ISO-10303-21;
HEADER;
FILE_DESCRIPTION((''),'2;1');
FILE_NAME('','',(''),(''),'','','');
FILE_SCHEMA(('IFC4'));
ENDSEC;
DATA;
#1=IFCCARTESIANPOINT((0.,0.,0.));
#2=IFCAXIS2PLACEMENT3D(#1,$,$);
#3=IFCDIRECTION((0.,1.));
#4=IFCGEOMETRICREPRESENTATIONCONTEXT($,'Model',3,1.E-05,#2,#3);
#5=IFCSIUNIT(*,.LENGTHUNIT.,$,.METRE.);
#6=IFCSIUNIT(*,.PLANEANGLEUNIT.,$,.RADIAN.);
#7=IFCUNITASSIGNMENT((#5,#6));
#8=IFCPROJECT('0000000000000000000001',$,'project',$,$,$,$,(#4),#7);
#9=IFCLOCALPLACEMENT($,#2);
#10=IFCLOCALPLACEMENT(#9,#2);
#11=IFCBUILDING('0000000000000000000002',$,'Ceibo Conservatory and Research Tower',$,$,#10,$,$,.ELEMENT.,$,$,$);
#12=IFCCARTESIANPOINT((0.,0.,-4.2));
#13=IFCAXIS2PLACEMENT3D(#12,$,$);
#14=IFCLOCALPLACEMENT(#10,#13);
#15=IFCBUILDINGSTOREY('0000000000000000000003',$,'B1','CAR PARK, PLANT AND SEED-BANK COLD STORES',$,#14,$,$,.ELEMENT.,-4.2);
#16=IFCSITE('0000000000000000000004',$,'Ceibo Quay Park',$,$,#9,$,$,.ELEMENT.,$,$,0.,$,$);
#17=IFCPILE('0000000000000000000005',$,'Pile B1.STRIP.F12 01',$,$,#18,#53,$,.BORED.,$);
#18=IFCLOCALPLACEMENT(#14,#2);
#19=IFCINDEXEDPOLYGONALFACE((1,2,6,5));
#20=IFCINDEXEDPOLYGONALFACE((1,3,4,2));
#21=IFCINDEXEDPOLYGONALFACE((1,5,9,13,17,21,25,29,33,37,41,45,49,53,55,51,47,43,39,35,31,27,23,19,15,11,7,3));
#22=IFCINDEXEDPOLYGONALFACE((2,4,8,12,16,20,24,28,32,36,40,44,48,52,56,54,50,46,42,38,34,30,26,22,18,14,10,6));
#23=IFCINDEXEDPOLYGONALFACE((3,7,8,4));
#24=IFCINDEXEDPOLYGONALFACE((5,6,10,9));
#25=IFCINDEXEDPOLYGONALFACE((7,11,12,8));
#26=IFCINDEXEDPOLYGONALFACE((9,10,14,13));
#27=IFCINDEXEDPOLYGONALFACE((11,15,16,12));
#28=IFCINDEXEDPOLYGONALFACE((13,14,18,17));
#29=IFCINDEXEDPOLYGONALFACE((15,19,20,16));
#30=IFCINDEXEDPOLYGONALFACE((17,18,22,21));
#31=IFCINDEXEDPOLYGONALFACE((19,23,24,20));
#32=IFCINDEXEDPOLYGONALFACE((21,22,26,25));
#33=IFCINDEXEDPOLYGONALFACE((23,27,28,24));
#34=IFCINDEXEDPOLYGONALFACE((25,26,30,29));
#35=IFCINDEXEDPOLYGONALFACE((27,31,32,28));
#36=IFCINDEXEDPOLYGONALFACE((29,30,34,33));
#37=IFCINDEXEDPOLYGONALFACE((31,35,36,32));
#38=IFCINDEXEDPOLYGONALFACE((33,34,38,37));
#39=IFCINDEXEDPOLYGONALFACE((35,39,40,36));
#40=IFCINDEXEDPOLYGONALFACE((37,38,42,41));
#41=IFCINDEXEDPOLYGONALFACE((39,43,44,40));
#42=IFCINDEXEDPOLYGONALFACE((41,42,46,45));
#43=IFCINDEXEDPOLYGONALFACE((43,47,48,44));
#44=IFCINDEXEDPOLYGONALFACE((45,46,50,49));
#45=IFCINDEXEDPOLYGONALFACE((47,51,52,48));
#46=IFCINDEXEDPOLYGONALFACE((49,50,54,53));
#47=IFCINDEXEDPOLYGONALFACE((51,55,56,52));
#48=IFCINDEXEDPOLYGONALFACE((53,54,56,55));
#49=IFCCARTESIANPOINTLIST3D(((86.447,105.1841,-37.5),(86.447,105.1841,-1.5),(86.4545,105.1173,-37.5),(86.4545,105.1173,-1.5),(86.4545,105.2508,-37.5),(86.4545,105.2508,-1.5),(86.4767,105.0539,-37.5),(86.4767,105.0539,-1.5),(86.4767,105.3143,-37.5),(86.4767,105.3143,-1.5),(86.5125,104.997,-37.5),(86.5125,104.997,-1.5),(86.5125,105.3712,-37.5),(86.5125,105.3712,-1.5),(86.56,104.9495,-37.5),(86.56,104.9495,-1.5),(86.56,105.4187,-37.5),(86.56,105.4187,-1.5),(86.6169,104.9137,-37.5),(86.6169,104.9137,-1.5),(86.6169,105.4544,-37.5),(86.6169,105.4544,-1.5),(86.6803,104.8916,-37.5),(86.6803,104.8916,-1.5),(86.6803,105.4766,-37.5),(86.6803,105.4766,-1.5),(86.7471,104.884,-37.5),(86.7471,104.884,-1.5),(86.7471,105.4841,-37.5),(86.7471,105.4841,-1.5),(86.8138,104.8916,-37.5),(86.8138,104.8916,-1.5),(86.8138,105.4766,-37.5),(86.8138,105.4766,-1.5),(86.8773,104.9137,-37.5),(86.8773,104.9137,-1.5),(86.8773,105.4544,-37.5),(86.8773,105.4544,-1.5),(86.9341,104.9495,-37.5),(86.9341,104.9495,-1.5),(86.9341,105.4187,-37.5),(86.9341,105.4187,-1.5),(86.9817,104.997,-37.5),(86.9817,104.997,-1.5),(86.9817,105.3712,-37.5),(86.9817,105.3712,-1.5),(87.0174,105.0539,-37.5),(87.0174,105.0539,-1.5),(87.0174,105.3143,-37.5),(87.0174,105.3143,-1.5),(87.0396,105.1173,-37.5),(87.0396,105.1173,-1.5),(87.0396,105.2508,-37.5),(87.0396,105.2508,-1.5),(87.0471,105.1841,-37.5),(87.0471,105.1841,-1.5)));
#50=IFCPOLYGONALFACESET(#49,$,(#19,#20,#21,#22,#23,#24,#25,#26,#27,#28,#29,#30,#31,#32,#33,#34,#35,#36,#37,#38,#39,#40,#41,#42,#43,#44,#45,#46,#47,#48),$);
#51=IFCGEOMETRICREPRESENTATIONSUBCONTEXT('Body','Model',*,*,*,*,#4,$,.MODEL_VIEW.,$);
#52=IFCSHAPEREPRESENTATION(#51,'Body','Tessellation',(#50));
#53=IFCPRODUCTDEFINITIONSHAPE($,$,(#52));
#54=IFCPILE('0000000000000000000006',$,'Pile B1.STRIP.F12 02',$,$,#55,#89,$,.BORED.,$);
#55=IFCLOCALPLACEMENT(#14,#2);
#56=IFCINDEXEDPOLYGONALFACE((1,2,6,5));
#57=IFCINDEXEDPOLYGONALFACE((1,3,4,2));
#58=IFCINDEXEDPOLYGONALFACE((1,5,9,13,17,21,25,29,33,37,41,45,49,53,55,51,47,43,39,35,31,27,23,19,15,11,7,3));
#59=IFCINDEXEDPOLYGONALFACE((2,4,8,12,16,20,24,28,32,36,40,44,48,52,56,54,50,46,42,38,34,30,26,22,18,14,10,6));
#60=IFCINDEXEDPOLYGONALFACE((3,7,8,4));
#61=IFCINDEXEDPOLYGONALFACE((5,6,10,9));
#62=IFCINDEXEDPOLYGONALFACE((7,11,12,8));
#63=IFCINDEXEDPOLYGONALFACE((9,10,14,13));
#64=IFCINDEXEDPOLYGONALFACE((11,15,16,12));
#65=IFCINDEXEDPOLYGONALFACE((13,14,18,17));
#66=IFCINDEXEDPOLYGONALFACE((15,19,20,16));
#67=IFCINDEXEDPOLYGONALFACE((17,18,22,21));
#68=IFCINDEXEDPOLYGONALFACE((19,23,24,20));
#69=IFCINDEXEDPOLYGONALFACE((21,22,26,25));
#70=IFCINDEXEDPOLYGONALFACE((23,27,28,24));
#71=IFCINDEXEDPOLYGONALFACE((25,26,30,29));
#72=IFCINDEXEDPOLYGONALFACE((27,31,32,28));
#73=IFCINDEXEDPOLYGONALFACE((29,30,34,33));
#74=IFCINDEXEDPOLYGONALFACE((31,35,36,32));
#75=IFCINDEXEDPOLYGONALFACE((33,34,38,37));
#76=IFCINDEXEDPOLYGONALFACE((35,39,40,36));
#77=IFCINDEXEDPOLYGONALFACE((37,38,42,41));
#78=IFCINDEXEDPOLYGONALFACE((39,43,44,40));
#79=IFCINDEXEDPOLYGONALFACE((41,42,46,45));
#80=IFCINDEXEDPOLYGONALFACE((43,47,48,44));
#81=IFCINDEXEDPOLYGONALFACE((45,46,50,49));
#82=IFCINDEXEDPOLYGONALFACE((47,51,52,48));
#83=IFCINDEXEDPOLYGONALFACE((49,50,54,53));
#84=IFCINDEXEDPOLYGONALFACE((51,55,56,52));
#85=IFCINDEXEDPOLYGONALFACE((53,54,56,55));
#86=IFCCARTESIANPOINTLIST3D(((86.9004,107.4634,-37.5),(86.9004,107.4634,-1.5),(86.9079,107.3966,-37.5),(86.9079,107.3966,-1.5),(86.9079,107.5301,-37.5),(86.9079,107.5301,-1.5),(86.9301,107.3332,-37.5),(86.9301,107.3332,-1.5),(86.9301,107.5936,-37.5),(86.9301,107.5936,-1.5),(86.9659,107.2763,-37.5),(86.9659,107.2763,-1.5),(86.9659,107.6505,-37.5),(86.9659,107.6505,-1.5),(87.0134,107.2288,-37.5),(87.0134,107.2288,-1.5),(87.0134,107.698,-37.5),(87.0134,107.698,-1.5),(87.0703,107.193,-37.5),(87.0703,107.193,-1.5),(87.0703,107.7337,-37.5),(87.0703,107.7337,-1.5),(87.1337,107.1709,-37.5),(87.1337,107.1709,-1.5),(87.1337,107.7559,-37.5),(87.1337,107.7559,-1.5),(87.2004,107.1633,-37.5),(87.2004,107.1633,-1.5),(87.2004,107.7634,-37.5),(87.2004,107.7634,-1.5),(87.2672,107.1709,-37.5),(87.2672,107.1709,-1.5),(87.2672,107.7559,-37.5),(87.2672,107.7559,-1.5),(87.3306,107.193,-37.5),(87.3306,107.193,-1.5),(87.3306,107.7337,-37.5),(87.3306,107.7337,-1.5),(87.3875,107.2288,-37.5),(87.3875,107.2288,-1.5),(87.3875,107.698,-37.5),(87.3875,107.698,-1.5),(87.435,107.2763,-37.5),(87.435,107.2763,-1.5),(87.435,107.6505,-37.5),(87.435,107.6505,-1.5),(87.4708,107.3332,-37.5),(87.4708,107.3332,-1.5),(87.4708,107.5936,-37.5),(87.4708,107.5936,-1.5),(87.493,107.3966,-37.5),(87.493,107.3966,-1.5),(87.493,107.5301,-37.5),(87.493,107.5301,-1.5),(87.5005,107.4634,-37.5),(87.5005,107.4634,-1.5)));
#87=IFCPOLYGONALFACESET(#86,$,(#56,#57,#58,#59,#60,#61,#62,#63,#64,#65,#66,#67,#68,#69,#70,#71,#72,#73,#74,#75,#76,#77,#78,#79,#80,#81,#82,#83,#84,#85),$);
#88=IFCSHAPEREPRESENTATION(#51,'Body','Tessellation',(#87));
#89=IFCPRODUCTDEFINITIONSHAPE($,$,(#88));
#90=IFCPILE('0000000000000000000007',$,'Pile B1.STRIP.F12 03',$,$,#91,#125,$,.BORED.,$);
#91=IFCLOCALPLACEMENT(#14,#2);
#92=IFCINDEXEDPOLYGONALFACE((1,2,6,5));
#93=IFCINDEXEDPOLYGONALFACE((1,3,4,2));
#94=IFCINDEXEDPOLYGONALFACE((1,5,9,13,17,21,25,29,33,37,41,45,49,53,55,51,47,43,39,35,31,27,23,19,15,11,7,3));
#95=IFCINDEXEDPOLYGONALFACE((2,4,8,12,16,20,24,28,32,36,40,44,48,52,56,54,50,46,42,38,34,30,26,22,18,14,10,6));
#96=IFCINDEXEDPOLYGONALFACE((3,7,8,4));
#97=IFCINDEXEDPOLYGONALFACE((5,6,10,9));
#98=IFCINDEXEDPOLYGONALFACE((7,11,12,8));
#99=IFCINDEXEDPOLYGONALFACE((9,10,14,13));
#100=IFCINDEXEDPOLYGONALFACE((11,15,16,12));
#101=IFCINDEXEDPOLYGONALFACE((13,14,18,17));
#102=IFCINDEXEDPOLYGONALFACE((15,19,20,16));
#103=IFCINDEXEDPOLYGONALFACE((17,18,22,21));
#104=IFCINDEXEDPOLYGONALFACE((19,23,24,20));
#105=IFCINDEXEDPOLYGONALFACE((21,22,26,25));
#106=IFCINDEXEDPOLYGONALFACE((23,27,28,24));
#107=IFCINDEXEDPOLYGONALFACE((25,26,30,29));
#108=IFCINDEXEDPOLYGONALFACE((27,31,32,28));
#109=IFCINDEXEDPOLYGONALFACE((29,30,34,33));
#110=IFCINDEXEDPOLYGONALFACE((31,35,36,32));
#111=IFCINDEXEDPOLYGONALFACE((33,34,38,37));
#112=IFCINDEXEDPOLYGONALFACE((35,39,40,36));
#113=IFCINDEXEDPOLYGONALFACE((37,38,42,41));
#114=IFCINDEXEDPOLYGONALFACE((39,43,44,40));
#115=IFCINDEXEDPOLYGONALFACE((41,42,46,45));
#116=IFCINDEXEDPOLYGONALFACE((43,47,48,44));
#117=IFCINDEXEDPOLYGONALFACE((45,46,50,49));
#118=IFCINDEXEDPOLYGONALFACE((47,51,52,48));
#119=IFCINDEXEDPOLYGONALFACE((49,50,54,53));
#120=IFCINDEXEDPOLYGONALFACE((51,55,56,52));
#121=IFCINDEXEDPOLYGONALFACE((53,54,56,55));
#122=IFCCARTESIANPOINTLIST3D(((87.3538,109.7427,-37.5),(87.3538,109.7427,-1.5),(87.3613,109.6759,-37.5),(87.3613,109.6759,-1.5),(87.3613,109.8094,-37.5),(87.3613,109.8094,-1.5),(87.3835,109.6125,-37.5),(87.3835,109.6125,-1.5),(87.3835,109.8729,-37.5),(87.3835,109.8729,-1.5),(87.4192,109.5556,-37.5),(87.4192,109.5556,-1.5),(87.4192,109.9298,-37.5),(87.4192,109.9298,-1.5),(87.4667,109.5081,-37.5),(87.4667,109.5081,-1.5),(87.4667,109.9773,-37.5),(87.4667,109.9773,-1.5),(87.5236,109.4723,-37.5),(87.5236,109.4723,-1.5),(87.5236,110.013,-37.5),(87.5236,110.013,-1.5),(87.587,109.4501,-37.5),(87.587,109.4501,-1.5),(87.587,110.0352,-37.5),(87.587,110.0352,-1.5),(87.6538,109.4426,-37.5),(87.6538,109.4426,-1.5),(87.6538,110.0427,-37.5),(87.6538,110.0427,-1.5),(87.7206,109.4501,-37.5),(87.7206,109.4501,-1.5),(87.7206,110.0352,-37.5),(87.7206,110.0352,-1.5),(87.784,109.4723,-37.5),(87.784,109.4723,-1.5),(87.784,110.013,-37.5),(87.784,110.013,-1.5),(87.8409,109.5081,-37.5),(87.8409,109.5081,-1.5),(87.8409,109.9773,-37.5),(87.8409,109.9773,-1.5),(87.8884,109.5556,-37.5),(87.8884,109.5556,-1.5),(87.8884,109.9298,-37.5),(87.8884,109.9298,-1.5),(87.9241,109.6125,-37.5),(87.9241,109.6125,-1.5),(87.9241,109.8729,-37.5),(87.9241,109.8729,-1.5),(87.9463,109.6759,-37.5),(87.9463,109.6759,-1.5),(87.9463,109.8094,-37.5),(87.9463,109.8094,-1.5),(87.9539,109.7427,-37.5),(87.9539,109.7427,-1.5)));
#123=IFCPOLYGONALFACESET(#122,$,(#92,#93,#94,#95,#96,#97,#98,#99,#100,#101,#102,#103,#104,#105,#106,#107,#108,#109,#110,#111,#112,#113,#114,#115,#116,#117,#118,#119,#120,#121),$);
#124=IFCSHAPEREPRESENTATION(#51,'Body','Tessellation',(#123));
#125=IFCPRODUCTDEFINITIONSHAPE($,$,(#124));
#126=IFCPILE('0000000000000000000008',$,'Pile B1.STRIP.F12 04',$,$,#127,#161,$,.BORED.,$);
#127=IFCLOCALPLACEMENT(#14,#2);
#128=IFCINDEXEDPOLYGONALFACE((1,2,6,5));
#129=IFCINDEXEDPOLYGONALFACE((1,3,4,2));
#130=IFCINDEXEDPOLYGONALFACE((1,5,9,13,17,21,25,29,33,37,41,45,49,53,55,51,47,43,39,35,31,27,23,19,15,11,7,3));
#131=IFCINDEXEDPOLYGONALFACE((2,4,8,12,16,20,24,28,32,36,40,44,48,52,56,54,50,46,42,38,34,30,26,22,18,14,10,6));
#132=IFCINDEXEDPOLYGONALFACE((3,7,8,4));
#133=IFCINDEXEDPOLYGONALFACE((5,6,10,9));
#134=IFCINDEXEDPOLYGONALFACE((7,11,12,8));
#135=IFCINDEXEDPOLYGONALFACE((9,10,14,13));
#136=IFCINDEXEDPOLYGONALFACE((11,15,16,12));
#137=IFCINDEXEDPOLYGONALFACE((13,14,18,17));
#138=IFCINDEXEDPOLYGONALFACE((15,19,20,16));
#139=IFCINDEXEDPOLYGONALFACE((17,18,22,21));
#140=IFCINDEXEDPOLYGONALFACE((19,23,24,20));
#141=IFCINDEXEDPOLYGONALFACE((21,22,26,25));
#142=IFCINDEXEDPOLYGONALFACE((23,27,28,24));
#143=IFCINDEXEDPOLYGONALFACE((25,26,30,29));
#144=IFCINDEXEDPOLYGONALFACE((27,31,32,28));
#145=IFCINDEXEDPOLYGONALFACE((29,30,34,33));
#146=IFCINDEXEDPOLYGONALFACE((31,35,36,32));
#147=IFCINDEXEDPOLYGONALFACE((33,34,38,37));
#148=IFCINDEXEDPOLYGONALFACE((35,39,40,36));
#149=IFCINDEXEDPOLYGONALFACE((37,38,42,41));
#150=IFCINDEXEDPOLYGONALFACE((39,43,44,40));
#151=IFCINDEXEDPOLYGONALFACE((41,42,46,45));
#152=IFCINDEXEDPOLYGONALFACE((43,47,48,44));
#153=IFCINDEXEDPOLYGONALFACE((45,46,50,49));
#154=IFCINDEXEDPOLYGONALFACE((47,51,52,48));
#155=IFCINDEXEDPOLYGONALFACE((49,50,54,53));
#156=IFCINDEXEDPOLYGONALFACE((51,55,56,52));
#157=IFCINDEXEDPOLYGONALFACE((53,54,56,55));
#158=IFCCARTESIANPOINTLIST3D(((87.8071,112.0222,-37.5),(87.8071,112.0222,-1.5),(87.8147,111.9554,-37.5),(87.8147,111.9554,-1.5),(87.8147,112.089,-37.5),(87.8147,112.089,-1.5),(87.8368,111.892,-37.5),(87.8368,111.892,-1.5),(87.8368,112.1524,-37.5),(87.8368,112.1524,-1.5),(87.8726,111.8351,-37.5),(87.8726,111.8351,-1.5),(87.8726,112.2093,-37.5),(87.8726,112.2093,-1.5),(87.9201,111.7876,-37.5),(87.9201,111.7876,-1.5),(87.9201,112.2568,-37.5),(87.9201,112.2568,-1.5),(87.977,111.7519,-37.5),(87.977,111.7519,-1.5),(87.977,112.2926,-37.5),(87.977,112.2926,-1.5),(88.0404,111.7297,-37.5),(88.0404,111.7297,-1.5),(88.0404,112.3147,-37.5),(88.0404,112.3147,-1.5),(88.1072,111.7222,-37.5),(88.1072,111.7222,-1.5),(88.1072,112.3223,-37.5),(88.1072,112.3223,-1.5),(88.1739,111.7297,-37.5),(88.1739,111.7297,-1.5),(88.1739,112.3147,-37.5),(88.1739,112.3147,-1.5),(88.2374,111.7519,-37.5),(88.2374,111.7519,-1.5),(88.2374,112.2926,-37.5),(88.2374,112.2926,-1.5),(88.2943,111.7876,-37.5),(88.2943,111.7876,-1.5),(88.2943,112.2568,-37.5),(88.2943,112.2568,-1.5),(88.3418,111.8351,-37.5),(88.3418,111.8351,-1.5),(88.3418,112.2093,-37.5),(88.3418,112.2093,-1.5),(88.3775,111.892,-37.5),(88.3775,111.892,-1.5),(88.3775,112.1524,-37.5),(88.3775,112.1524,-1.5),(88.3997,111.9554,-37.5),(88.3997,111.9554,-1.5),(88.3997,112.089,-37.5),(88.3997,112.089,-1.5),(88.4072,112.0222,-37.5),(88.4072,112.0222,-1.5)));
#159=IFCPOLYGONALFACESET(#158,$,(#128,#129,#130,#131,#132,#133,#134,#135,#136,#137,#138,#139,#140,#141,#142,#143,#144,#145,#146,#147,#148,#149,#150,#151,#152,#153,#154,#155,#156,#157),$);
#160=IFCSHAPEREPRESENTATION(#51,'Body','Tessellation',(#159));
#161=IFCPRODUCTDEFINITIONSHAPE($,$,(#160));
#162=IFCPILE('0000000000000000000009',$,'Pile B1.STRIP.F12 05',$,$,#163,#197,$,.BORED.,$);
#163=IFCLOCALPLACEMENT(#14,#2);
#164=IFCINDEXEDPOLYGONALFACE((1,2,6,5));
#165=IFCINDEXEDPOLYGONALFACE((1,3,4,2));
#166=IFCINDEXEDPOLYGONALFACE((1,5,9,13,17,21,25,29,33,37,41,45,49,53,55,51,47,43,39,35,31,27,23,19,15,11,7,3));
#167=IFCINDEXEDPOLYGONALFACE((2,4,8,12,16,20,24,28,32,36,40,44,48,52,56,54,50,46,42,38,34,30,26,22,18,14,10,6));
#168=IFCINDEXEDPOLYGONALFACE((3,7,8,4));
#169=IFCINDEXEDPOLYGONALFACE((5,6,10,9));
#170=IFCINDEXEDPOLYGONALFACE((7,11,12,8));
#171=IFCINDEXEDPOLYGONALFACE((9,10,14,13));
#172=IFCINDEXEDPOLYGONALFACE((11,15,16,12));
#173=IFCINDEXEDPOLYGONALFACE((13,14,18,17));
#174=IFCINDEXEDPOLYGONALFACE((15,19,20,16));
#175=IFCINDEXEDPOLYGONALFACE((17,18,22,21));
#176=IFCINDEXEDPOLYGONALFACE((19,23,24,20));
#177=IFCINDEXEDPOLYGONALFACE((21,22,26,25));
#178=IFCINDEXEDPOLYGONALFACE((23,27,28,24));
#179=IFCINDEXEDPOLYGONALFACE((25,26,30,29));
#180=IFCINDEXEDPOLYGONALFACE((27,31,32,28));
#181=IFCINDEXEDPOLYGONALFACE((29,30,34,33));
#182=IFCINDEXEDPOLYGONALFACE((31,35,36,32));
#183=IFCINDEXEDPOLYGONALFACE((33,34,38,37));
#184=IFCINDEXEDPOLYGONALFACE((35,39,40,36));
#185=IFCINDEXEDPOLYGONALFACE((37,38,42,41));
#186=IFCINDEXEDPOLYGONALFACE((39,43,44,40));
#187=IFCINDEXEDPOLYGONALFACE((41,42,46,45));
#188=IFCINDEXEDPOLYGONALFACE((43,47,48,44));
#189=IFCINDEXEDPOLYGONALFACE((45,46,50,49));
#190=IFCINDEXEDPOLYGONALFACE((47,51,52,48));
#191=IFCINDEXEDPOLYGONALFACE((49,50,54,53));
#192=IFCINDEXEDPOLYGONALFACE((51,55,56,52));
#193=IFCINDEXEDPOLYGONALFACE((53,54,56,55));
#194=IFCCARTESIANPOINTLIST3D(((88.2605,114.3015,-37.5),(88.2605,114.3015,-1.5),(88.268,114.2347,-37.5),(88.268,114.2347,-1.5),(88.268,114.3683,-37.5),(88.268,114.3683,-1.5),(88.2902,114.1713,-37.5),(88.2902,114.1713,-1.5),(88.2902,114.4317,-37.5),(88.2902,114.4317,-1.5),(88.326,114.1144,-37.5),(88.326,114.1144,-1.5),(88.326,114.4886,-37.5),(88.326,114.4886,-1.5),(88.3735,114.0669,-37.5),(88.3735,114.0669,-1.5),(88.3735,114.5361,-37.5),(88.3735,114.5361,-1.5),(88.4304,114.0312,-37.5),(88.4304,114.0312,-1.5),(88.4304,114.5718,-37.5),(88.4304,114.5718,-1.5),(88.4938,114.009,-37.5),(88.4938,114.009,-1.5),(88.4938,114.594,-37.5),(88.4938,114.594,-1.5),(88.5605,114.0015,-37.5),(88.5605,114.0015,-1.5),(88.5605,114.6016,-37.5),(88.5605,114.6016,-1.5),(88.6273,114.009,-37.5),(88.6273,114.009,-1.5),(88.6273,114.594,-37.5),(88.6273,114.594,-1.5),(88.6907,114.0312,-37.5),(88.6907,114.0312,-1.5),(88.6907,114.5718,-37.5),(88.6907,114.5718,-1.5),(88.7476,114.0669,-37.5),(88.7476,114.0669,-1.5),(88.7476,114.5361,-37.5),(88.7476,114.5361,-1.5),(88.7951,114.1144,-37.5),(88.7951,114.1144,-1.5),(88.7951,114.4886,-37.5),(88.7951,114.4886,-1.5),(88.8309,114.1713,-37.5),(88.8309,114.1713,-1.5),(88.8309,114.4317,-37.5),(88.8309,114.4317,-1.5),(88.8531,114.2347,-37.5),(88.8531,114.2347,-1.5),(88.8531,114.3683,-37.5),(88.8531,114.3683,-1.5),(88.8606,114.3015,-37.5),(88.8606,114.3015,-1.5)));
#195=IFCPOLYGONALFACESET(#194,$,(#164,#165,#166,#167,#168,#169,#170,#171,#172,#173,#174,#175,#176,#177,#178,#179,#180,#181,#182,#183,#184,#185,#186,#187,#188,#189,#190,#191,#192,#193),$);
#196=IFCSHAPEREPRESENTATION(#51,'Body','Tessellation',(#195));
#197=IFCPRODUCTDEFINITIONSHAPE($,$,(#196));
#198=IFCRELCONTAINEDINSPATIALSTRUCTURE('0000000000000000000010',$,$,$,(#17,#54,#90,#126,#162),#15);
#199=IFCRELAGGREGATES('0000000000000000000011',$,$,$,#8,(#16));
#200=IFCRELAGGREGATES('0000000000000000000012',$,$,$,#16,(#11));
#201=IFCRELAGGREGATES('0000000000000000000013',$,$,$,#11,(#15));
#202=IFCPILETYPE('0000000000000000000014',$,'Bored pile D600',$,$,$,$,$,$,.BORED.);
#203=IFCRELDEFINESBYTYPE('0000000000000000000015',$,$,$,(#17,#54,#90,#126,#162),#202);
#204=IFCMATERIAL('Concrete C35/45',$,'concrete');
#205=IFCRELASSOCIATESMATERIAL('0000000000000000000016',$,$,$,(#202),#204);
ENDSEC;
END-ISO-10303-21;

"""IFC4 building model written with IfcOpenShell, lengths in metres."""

from ifc_helpers import new_model, si_unit, direction, frame, origin, origin_2d, place, context, subcontext, project, spatial, circle, extrude, material, material_profile, profile_set, type_object, element, save


model = new_model("IFC4")

# Units and contexts
model_context = context("Model", 3, precision=1e-05, world=origin(), true_north=direction((0.0, 1.0)))
body_context = subcontext(model_context, "Body", "Model", "MODEL_VIEW")
ifc_project = project(units=[si_unit("LENGTHUNIT", "METRE"), si_unit("PLANEANGLEUNIT", "RADIAN")], contexts=[model_context])

# Site, building, storey
site_placement = place(None, origin())
site = spatial("IfcSite", under=ifc_project, at=site_placement, Name="Ceibo Quay Park", CompositionType="ELEMENT", RefElevation=0.0)
building_placement = place(site_placement, origin())
building = spatial("IfcBuilding", under=site, at=building_placement, Name="Ceibo Conservatory and Research Tower", CompositionType="ELEMENT")
storey_placement = place(building_placement, frame((0.0, 0.0, -4.2)))
storey = spatial("IfcBuildingStorey", under=building, at=storey_placement, Name="B1", Description="CAR PARK, PLANT AND SEED-BANK COLD STORES", CompositionType="ELEMENT", Elevation=-4.2)

# Piles
ifc_material_1 = material(Name="Concrete C35/45", Category="concrete")
ifc_material_profile_1 = material_profile(ifc_material_1, circle(Radius=0.3, at=origin_2d()), Name="RC D600")
ifc_profile_set_1 = profile_set([ifc_material_profile_1], Name="Concrete C35/45")
pile_type_1 = type_object("IfcPileType", Name="Bored pile D600", PredefinedType="BORED", material=ifc_profile_set_1)
for number, where, z_axis, x_axis, name in (
    (1, (86.7471, 105.1841, -1.5), (0.0, 0.0, -1.0), (1.0, 0.0, 0.0), "Pile B1.STRIP.F12 01"),
    (2, (87.2004, 107.4634, -1.5), (0.0, 0.0, -1.0), (1.0, 0.0, 0.0), "Pile B1.STRIP.F12 02"),
    (3, (87.6538, 109.7427, -1.5), (0.0, 0.0, -1.0), (1.0, 0.0, 0.0), "Pile B1.STRIP.F12 03"),
    (4, (88.1072, 112.0222, -1.5), (0.0, 0.0, -1.0), (1.0, 0.0, 0.0), "Pile B1.STRIP.F12 04"),
    (5, (88.5605, 114.3015, -1.5), (0.0, 0.0, -1.0), (1.0, 0.0, 0.0), "Pile B1.STRIP.F12 05"),
):
    element("IfcPile", number, at=place(storey_placement, frame(where, z_axis=z_axis, x_axis=x_axis)), inside=storey, type_object=pile_type_1, Name=name, PredefinedType="BORED", context=body_context, shape_type="SweptSolid", body=[
        extrude(circle(Radius=0.3, at=origin_2d()), origin(), (0.0, 0.0, 1.0), 36.0),
    ])

save(model, "model.ifc")
